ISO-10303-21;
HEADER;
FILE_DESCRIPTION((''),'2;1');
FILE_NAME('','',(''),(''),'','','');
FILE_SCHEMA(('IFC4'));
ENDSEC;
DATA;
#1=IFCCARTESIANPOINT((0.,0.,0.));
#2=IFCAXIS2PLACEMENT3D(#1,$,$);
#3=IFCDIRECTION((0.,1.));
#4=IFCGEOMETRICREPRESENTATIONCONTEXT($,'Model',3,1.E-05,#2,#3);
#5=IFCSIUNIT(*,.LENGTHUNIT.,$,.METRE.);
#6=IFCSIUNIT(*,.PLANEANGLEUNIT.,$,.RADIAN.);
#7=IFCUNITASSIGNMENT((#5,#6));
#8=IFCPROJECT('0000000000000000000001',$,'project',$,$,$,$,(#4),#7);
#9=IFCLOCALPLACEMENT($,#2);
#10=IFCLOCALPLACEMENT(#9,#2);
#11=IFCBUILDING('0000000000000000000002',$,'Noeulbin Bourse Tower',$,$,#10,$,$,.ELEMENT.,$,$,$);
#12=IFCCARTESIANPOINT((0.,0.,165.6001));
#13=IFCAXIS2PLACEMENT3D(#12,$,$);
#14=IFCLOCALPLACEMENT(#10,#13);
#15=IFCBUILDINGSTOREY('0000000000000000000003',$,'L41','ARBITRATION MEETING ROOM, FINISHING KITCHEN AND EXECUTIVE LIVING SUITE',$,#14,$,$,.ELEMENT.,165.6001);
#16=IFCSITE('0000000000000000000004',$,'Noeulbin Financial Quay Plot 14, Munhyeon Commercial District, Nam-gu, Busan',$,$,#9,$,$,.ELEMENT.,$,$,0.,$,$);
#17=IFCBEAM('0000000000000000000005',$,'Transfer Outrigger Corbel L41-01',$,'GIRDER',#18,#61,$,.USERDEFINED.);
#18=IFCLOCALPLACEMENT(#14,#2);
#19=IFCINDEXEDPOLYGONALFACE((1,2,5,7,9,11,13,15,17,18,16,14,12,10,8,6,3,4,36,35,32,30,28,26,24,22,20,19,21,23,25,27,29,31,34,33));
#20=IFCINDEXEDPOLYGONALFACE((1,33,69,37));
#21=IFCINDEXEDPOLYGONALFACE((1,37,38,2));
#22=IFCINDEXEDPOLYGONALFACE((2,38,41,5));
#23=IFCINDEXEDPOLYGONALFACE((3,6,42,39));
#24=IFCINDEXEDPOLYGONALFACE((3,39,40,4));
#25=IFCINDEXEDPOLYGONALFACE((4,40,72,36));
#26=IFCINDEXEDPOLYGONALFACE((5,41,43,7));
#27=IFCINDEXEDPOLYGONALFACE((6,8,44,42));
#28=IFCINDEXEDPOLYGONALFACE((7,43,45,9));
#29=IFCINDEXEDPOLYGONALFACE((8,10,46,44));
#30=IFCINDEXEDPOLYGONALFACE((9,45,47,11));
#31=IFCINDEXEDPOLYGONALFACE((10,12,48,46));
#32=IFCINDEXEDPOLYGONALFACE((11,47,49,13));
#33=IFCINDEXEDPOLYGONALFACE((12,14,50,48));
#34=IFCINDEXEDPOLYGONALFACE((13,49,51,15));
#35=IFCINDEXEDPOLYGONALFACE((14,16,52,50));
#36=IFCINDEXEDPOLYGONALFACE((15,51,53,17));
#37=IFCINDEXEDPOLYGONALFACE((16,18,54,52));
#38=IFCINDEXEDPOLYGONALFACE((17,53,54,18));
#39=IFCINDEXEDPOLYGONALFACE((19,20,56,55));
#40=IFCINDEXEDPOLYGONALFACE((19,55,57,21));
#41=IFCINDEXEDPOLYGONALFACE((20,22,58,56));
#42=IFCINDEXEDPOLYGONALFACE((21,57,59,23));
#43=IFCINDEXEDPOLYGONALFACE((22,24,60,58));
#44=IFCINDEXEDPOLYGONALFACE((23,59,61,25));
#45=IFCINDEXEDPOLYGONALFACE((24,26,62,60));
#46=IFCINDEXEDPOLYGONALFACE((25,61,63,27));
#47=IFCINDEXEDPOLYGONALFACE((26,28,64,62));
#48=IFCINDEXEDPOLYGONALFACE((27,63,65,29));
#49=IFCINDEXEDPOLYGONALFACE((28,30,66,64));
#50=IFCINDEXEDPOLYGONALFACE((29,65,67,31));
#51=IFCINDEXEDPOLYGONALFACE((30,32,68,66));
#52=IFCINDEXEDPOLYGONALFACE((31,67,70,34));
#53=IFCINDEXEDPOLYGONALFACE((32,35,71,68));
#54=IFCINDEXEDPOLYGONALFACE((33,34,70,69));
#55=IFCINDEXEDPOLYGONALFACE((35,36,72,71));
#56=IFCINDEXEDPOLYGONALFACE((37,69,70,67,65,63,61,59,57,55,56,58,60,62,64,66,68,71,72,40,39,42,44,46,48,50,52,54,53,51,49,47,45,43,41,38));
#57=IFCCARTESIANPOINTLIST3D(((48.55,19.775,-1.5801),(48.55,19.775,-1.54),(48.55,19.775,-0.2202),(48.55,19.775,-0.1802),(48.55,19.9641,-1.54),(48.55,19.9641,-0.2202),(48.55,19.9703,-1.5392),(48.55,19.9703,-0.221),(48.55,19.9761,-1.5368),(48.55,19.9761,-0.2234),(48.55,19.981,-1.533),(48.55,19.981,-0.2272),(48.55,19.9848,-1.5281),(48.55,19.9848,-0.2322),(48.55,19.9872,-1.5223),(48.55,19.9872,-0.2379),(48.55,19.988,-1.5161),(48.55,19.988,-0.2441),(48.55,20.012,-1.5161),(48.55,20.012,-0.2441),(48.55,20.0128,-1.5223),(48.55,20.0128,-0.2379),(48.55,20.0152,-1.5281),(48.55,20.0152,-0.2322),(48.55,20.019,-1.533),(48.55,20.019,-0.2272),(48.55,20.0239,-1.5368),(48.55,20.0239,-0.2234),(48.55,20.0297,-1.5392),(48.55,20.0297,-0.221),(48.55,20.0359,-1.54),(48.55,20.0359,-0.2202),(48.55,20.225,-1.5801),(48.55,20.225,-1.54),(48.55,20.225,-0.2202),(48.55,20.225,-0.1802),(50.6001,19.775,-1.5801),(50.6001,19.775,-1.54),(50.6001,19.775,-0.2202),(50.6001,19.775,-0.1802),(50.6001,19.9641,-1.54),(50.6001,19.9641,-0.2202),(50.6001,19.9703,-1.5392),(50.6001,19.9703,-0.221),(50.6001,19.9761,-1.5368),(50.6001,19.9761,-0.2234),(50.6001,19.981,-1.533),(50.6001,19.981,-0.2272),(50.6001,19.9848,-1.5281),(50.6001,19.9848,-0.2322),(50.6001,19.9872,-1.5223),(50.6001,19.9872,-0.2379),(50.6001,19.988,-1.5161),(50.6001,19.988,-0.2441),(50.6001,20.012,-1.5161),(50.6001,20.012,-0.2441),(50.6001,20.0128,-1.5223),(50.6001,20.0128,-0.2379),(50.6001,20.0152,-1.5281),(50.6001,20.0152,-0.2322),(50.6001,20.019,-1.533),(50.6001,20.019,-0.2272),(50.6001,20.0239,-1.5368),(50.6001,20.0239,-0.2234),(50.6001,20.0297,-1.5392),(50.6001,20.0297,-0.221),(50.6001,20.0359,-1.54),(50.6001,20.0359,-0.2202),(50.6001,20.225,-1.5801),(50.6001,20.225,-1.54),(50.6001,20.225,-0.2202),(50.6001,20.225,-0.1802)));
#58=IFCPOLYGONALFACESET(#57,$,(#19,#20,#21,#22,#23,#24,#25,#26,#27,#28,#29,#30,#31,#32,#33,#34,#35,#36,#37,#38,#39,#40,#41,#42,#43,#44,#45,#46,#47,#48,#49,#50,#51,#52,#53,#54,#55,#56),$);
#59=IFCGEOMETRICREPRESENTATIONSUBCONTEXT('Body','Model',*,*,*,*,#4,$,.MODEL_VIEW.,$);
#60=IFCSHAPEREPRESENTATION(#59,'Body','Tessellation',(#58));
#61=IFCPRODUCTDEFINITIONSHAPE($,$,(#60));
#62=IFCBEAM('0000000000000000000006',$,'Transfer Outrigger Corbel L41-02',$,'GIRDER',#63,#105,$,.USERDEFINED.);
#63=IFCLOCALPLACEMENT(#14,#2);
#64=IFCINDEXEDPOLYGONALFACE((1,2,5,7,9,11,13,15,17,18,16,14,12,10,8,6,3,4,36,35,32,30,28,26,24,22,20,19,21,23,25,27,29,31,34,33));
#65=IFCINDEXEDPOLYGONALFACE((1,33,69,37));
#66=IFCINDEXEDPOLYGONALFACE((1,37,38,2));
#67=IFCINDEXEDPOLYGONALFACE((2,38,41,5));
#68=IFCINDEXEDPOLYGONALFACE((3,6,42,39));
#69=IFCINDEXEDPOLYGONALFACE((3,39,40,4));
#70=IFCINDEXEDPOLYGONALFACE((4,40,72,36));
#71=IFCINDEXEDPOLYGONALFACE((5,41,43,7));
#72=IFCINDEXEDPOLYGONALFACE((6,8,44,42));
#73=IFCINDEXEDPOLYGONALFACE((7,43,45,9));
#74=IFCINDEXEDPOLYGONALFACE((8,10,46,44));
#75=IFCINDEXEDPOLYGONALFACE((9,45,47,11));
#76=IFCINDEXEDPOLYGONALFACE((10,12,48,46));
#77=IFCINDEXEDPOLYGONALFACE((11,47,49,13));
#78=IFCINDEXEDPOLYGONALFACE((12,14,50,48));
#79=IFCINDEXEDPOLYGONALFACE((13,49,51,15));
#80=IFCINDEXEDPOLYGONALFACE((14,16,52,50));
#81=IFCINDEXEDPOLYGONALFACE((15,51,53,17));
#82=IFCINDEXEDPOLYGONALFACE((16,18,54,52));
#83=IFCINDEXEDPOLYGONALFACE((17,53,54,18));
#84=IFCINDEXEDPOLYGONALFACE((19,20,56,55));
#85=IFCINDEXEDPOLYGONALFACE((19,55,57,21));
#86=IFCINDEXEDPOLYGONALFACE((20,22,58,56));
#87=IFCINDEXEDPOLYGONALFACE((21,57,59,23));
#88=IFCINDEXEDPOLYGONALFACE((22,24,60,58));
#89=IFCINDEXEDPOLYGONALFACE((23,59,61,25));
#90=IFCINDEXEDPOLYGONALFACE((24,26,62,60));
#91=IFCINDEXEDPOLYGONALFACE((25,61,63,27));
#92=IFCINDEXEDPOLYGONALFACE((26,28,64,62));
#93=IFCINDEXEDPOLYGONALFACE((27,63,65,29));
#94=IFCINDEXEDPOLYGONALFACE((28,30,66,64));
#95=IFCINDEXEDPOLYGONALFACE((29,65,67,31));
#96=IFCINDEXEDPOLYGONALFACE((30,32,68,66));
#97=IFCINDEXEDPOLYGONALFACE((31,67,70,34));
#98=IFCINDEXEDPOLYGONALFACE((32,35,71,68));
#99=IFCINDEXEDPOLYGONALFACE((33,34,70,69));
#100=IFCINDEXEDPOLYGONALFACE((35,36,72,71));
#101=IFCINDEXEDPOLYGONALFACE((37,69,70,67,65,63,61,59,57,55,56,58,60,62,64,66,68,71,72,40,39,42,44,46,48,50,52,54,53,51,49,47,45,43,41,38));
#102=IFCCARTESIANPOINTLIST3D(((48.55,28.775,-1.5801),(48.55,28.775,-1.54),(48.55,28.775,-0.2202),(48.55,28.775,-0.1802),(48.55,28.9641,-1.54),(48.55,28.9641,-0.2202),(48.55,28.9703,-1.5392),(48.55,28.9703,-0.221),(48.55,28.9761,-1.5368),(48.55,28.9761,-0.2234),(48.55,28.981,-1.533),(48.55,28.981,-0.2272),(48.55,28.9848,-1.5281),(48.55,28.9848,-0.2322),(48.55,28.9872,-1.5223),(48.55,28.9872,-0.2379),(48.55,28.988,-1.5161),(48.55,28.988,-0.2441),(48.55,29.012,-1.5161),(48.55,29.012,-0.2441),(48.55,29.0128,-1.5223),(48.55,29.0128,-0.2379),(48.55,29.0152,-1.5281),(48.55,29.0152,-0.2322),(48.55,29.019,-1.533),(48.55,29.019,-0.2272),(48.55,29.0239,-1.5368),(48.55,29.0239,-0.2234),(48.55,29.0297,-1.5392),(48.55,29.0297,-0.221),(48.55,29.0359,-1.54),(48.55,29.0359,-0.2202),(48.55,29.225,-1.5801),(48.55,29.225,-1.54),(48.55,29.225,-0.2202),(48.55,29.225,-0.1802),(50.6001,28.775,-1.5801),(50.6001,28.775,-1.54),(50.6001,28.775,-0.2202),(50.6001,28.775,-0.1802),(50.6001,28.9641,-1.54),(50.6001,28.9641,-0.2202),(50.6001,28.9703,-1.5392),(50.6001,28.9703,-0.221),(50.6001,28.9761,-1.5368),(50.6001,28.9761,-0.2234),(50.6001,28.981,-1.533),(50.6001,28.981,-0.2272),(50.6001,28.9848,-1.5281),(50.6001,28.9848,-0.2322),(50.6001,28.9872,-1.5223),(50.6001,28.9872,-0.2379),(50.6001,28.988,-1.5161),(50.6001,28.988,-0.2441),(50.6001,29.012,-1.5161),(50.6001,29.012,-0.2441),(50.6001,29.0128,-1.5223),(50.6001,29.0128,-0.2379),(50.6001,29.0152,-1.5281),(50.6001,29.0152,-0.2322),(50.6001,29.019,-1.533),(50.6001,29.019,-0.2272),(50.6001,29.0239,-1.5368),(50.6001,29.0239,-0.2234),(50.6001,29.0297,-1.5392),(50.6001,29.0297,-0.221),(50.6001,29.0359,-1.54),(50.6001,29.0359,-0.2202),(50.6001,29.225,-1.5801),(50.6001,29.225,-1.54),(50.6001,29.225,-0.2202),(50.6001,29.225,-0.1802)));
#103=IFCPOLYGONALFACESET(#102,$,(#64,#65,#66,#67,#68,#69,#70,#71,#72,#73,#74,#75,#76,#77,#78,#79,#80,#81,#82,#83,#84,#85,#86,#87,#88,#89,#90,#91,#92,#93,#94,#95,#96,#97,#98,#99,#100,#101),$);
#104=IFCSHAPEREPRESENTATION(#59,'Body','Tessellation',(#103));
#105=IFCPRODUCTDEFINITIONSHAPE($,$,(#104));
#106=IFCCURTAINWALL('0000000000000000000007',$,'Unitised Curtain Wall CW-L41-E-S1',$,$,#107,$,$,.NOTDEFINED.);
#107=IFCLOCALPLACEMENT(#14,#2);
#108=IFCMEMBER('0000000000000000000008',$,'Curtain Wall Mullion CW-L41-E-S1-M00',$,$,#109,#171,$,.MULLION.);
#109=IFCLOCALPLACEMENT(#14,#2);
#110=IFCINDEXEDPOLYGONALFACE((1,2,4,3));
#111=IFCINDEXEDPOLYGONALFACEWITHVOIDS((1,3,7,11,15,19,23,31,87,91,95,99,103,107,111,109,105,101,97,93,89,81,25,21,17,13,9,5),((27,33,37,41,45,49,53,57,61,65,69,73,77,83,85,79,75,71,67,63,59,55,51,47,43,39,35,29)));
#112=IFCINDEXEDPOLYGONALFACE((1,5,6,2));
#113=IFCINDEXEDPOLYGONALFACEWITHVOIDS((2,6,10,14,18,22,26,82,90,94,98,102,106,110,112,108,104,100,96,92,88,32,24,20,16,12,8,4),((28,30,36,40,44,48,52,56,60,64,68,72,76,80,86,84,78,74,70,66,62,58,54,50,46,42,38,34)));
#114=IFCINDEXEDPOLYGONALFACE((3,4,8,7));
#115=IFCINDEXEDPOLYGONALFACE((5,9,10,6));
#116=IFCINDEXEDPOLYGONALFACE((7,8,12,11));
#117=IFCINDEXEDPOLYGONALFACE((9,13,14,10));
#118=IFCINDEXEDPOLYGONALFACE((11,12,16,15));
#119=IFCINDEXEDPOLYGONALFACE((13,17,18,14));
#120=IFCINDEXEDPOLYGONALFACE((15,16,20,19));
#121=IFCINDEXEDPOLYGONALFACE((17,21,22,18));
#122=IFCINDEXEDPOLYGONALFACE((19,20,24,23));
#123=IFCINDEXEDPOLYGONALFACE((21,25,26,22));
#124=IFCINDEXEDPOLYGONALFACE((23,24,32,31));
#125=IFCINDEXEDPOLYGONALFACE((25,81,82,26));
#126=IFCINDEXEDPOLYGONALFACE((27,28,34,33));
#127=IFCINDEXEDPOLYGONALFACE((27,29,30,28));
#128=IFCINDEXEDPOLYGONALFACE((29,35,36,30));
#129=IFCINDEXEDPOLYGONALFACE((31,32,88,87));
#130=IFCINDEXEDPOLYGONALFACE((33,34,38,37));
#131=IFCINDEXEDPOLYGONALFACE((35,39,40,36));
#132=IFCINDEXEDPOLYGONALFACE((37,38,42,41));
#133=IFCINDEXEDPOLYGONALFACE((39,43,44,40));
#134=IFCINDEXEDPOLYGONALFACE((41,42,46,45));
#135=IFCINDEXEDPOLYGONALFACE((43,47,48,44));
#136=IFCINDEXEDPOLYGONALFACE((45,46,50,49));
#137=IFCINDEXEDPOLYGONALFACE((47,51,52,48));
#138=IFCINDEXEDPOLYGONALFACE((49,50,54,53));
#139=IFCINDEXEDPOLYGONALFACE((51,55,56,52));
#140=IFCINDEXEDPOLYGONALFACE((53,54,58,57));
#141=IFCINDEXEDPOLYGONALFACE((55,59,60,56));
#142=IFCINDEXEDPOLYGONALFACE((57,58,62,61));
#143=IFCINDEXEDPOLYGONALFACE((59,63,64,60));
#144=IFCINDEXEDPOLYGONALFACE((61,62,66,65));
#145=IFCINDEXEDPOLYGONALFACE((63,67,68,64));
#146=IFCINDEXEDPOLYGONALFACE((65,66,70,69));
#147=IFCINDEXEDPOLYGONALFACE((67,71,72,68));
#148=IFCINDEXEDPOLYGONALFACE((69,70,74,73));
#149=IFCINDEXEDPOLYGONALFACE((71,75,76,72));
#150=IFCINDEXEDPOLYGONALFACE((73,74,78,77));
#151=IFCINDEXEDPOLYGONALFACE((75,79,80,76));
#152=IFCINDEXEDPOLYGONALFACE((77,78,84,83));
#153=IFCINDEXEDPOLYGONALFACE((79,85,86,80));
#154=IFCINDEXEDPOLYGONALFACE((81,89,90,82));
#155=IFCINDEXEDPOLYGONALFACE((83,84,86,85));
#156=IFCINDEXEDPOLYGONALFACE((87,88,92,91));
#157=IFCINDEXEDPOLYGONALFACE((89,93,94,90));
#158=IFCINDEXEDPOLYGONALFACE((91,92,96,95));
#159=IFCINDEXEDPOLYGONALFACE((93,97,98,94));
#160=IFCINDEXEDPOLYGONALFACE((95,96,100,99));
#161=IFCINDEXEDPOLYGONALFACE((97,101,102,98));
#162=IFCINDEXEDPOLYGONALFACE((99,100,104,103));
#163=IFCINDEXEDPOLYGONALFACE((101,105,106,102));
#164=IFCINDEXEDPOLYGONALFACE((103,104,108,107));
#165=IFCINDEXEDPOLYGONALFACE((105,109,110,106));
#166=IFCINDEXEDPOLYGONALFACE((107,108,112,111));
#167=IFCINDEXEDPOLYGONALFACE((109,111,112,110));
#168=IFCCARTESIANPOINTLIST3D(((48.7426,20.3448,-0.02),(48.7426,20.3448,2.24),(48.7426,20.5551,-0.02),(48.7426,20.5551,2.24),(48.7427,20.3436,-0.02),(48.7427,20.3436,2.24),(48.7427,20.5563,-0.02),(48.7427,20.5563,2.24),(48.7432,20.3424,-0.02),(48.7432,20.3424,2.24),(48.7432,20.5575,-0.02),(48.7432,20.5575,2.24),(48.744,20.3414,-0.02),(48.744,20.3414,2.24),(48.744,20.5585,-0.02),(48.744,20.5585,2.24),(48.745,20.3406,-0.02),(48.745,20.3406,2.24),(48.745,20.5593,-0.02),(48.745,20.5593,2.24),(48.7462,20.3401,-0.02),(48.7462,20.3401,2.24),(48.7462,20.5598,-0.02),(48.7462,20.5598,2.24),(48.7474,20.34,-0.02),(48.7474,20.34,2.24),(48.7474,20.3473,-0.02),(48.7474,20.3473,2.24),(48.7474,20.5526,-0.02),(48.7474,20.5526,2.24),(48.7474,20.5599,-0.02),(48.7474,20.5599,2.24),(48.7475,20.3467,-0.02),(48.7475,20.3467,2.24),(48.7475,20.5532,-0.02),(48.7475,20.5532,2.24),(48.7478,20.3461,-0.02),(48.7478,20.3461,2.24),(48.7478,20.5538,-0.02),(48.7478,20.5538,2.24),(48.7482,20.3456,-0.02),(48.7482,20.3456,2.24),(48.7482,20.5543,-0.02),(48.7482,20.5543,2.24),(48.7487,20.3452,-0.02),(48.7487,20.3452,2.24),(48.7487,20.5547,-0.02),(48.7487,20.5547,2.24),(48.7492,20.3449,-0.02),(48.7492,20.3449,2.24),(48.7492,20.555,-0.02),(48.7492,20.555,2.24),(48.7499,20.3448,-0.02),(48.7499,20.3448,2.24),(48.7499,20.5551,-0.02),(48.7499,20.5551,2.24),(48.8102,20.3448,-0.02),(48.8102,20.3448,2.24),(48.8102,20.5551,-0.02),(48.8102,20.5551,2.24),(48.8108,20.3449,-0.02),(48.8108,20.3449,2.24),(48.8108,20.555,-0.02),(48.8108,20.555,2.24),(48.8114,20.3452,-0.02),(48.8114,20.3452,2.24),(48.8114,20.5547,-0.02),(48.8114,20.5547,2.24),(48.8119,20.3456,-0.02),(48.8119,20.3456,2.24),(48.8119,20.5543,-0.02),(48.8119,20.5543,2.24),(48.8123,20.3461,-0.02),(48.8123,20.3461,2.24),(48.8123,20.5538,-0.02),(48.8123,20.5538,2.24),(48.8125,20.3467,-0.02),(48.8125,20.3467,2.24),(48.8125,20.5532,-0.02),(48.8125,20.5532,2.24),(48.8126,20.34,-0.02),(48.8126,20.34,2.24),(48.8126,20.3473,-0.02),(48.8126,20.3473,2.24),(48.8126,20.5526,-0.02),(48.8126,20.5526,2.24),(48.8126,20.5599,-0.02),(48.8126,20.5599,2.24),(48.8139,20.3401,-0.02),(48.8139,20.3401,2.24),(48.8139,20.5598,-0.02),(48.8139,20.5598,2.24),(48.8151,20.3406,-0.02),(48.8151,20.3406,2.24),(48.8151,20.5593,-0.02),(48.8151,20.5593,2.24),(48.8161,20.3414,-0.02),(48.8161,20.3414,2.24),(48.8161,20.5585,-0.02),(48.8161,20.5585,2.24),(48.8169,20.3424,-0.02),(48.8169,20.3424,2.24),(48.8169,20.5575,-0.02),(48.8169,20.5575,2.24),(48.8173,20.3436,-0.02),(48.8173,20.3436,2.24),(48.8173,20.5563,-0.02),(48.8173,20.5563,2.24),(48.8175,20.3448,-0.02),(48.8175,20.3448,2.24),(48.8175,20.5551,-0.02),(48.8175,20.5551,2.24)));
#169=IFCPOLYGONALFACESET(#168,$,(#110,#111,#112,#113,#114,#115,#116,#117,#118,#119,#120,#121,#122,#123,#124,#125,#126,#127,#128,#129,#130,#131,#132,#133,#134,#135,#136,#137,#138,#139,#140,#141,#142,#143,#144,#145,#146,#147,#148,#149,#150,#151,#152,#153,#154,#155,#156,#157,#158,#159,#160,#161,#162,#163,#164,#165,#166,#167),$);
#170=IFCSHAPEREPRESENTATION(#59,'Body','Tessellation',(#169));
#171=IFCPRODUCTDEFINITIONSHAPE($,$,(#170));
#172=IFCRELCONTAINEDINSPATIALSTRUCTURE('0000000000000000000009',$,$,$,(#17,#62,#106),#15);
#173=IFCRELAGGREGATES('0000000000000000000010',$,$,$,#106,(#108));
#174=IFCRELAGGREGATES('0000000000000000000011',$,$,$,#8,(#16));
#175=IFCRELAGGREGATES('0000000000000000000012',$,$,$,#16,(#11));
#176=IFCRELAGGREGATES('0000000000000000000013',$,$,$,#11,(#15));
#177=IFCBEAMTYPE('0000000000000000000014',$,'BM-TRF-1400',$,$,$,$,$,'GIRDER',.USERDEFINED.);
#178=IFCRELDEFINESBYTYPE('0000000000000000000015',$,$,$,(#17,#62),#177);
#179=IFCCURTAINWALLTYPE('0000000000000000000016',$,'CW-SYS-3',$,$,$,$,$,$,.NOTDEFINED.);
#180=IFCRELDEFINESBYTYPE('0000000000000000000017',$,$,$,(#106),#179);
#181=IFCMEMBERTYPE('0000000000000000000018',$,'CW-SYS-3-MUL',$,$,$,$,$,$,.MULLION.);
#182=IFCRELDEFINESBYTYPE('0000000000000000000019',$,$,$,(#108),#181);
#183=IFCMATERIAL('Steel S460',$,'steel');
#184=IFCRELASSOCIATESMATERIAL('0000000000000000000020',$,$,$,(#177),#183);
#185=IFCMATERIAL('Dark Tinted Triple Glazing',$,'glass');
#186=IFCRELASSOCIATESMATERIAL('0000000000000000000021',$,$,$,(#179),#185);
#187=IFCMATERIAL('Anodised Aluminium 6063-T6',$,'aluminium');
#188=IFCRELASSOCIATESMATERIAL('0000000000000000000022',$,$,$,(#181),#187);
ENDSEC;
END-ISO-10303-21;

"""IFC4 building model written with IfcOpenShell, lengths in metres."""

from ifc_helpers import new_model, si_unit, direction, frame, origin, origin_2d, place, context, subcontext, project, spatial, hollow_rectangle, i_section, extrude, material, material_profile, profile_set, type_object, element, aggregate, save


model = new_model("IFC4")

# Units and contexts
model_context = context("Model", 3, precision=1e-05, world=origin(), true_north=direction((0.0, 1.0)))
body_context = subcontext(model_context, "Body", "Model", "MODEL_VIEW")
ifc_project = project(units=[si_unit("LENGTHUNIT", "METRE"), si_unit("PLANEANGLEUNIT", "RADIAN")], contexts=[model_context])

# Site, building, storey
site_placement = place(None, origin())
site = spatial("IfcSite", under=ifc_project, at=site_placement, Name="Noeulbin Financial Quay Plot 14, Munhyeon Commercial District, Nam-gu, Busan", CompositionType="ELEMENT", RefElevation=0.0)
building_placement = place(site_placement, origin())
building = spatial("IfcBuilding", under=site, at=building_placement, Name="Noeulbin Bourse Tower", CompositionType="ELEMENT")
storey_placement = place(building_placement, frame((0.0, 0.0, 165.6001)))
storey = spatial("IfcBuildingStorey", under=building, at=storey_placement, Name="L41", Description="ARBITRATION MEETING ROOM, FINISHING KITCHEN AND EXECUTIVE LIVING SUITE", CompositionType="ELEMENT", Elevation=165.6001)

# Shared definitions
ifc_material_1 = material(Name="Steel S460", Category="steel")

# Beams
ifc_material_profile_1 = material_profile(ifc_material_1, i_section(OverallWidth=0.45, OverallDepth=1.3999, WebThickness=0.0239, FlangeThickness=0.04, FilletRadius=0.0239, at=origin_2d()), Name="PG-1400x450x24x40", Category="LoadBearing")
ifc_profile_set_1 = profile_set([ifc_material_profile_1], Name="Steel S460")
beam_type_1 = type_object("IfcBeamType", Name="BM-TRF-1400", ElementType="GIRDER", PredefinedType="USERDEFINED", material=ifc_profile_set_1)
for number, where, z_axis, x_axis, name in (
    (1, (48.55, 20.0, -0.8801), (1.0, 0.0, 0.0), (0.0, 1.0, 0.0), "Transfer Outrigger Corbel L41-01"),
    (2, (48.55, 29.0, -0.8801), (1.0, 0.0, 0.0), (0.0, 1.0, 0.0), "Transfer Outrigger Corbel L41-02"),
):
    element("IfcBeam", number, at=place(storey_placement, frame(where, z_axis=z_axis, x_axis=x_axis)), inside=storey, type_object=beam_type_1, Name=name, ObjectType="GIRDER", PredefinedType="USERDEFINED", context=body_context, shape_type="SweptSolid", body=[
        extrude(i_section(OverallWidth=0.45, OverallDepth=1.3999, WebThickness=0.0239, FlangeThickness=0.04, FilletRadius=0.0239, at=origin_2d()), origin(), (0.0, 0.0, 1.0), 2.05),
    ])

# Curtain wall, member
ifc_material_2 = material(Name="Dark Tinted Triple Glazing", Category="glass")
curtain_wall_type = type_object("IfcCurtainWallType", Name="CW-SYS-3", PredefinedType="NOTDEFINED", material=ifc_material_2)
curtain_wall_placement = place(storey_placement, origin())
curtain_wall = element("IfcCurtainWall", 3, at=curtain_wall_placement, inside=storey, type_object=curtain_wall_type, Name="Unitised Curtain Wall CW-L41-E-S1", PredefinedType="NOTDEFINED")
ifc_material_3 = material(Name="Anodised Aluminium 6063-T6", Category="aluminium")
ifc_material_profile_2 = material_profile(ifc_material_3, hollow_rectangle(XDim=0.075, YDim=0.22, WallThickness=0.0049, InnerFilletRadius=0.0024, OuterFilletRadius=0.0049, at=origin_2d()), Name="ALU-MULL-75x220x5", Category="LoadBearing")
ifc_profile_set_2 = profile_set([ifc_material_profile_2], Name="Anodised Aluminium 6063-T6")
member_type_1 = type_object("IfcMemberType", Name="CW-SYS-3-MUL", PredefinedType="MULLION", material=ifc_profile_set_2)
member_1_placement = place(storey_placement, frame((48.78, 20.45, -0.02), z_axis=(0.0, 0.0, 1.0), x_axis=(1.0, 0.0, 0.0)))
member_1 = element("IfcMember", 4, at=member_1_placement, type_object=member_type_1, Name="Curtain Wall Mullion CW-L41-E-S1-M00", PredefinedType="MULLION", context=body_context, shape_type="SweptSolid", body=[
    extrude(hollow_rectangle(XDim=0.075, YDim=0.22, WallThickness=0.0049, InnerFilletRadius=0.0024, OuterFilletRadius=0.0049, at=origin_2d()), origin(), (0.0, 0.0, 1.0), 2.26),
])
aggregate(curtain_wall, [member_1])

save(model, "model.ifc")
